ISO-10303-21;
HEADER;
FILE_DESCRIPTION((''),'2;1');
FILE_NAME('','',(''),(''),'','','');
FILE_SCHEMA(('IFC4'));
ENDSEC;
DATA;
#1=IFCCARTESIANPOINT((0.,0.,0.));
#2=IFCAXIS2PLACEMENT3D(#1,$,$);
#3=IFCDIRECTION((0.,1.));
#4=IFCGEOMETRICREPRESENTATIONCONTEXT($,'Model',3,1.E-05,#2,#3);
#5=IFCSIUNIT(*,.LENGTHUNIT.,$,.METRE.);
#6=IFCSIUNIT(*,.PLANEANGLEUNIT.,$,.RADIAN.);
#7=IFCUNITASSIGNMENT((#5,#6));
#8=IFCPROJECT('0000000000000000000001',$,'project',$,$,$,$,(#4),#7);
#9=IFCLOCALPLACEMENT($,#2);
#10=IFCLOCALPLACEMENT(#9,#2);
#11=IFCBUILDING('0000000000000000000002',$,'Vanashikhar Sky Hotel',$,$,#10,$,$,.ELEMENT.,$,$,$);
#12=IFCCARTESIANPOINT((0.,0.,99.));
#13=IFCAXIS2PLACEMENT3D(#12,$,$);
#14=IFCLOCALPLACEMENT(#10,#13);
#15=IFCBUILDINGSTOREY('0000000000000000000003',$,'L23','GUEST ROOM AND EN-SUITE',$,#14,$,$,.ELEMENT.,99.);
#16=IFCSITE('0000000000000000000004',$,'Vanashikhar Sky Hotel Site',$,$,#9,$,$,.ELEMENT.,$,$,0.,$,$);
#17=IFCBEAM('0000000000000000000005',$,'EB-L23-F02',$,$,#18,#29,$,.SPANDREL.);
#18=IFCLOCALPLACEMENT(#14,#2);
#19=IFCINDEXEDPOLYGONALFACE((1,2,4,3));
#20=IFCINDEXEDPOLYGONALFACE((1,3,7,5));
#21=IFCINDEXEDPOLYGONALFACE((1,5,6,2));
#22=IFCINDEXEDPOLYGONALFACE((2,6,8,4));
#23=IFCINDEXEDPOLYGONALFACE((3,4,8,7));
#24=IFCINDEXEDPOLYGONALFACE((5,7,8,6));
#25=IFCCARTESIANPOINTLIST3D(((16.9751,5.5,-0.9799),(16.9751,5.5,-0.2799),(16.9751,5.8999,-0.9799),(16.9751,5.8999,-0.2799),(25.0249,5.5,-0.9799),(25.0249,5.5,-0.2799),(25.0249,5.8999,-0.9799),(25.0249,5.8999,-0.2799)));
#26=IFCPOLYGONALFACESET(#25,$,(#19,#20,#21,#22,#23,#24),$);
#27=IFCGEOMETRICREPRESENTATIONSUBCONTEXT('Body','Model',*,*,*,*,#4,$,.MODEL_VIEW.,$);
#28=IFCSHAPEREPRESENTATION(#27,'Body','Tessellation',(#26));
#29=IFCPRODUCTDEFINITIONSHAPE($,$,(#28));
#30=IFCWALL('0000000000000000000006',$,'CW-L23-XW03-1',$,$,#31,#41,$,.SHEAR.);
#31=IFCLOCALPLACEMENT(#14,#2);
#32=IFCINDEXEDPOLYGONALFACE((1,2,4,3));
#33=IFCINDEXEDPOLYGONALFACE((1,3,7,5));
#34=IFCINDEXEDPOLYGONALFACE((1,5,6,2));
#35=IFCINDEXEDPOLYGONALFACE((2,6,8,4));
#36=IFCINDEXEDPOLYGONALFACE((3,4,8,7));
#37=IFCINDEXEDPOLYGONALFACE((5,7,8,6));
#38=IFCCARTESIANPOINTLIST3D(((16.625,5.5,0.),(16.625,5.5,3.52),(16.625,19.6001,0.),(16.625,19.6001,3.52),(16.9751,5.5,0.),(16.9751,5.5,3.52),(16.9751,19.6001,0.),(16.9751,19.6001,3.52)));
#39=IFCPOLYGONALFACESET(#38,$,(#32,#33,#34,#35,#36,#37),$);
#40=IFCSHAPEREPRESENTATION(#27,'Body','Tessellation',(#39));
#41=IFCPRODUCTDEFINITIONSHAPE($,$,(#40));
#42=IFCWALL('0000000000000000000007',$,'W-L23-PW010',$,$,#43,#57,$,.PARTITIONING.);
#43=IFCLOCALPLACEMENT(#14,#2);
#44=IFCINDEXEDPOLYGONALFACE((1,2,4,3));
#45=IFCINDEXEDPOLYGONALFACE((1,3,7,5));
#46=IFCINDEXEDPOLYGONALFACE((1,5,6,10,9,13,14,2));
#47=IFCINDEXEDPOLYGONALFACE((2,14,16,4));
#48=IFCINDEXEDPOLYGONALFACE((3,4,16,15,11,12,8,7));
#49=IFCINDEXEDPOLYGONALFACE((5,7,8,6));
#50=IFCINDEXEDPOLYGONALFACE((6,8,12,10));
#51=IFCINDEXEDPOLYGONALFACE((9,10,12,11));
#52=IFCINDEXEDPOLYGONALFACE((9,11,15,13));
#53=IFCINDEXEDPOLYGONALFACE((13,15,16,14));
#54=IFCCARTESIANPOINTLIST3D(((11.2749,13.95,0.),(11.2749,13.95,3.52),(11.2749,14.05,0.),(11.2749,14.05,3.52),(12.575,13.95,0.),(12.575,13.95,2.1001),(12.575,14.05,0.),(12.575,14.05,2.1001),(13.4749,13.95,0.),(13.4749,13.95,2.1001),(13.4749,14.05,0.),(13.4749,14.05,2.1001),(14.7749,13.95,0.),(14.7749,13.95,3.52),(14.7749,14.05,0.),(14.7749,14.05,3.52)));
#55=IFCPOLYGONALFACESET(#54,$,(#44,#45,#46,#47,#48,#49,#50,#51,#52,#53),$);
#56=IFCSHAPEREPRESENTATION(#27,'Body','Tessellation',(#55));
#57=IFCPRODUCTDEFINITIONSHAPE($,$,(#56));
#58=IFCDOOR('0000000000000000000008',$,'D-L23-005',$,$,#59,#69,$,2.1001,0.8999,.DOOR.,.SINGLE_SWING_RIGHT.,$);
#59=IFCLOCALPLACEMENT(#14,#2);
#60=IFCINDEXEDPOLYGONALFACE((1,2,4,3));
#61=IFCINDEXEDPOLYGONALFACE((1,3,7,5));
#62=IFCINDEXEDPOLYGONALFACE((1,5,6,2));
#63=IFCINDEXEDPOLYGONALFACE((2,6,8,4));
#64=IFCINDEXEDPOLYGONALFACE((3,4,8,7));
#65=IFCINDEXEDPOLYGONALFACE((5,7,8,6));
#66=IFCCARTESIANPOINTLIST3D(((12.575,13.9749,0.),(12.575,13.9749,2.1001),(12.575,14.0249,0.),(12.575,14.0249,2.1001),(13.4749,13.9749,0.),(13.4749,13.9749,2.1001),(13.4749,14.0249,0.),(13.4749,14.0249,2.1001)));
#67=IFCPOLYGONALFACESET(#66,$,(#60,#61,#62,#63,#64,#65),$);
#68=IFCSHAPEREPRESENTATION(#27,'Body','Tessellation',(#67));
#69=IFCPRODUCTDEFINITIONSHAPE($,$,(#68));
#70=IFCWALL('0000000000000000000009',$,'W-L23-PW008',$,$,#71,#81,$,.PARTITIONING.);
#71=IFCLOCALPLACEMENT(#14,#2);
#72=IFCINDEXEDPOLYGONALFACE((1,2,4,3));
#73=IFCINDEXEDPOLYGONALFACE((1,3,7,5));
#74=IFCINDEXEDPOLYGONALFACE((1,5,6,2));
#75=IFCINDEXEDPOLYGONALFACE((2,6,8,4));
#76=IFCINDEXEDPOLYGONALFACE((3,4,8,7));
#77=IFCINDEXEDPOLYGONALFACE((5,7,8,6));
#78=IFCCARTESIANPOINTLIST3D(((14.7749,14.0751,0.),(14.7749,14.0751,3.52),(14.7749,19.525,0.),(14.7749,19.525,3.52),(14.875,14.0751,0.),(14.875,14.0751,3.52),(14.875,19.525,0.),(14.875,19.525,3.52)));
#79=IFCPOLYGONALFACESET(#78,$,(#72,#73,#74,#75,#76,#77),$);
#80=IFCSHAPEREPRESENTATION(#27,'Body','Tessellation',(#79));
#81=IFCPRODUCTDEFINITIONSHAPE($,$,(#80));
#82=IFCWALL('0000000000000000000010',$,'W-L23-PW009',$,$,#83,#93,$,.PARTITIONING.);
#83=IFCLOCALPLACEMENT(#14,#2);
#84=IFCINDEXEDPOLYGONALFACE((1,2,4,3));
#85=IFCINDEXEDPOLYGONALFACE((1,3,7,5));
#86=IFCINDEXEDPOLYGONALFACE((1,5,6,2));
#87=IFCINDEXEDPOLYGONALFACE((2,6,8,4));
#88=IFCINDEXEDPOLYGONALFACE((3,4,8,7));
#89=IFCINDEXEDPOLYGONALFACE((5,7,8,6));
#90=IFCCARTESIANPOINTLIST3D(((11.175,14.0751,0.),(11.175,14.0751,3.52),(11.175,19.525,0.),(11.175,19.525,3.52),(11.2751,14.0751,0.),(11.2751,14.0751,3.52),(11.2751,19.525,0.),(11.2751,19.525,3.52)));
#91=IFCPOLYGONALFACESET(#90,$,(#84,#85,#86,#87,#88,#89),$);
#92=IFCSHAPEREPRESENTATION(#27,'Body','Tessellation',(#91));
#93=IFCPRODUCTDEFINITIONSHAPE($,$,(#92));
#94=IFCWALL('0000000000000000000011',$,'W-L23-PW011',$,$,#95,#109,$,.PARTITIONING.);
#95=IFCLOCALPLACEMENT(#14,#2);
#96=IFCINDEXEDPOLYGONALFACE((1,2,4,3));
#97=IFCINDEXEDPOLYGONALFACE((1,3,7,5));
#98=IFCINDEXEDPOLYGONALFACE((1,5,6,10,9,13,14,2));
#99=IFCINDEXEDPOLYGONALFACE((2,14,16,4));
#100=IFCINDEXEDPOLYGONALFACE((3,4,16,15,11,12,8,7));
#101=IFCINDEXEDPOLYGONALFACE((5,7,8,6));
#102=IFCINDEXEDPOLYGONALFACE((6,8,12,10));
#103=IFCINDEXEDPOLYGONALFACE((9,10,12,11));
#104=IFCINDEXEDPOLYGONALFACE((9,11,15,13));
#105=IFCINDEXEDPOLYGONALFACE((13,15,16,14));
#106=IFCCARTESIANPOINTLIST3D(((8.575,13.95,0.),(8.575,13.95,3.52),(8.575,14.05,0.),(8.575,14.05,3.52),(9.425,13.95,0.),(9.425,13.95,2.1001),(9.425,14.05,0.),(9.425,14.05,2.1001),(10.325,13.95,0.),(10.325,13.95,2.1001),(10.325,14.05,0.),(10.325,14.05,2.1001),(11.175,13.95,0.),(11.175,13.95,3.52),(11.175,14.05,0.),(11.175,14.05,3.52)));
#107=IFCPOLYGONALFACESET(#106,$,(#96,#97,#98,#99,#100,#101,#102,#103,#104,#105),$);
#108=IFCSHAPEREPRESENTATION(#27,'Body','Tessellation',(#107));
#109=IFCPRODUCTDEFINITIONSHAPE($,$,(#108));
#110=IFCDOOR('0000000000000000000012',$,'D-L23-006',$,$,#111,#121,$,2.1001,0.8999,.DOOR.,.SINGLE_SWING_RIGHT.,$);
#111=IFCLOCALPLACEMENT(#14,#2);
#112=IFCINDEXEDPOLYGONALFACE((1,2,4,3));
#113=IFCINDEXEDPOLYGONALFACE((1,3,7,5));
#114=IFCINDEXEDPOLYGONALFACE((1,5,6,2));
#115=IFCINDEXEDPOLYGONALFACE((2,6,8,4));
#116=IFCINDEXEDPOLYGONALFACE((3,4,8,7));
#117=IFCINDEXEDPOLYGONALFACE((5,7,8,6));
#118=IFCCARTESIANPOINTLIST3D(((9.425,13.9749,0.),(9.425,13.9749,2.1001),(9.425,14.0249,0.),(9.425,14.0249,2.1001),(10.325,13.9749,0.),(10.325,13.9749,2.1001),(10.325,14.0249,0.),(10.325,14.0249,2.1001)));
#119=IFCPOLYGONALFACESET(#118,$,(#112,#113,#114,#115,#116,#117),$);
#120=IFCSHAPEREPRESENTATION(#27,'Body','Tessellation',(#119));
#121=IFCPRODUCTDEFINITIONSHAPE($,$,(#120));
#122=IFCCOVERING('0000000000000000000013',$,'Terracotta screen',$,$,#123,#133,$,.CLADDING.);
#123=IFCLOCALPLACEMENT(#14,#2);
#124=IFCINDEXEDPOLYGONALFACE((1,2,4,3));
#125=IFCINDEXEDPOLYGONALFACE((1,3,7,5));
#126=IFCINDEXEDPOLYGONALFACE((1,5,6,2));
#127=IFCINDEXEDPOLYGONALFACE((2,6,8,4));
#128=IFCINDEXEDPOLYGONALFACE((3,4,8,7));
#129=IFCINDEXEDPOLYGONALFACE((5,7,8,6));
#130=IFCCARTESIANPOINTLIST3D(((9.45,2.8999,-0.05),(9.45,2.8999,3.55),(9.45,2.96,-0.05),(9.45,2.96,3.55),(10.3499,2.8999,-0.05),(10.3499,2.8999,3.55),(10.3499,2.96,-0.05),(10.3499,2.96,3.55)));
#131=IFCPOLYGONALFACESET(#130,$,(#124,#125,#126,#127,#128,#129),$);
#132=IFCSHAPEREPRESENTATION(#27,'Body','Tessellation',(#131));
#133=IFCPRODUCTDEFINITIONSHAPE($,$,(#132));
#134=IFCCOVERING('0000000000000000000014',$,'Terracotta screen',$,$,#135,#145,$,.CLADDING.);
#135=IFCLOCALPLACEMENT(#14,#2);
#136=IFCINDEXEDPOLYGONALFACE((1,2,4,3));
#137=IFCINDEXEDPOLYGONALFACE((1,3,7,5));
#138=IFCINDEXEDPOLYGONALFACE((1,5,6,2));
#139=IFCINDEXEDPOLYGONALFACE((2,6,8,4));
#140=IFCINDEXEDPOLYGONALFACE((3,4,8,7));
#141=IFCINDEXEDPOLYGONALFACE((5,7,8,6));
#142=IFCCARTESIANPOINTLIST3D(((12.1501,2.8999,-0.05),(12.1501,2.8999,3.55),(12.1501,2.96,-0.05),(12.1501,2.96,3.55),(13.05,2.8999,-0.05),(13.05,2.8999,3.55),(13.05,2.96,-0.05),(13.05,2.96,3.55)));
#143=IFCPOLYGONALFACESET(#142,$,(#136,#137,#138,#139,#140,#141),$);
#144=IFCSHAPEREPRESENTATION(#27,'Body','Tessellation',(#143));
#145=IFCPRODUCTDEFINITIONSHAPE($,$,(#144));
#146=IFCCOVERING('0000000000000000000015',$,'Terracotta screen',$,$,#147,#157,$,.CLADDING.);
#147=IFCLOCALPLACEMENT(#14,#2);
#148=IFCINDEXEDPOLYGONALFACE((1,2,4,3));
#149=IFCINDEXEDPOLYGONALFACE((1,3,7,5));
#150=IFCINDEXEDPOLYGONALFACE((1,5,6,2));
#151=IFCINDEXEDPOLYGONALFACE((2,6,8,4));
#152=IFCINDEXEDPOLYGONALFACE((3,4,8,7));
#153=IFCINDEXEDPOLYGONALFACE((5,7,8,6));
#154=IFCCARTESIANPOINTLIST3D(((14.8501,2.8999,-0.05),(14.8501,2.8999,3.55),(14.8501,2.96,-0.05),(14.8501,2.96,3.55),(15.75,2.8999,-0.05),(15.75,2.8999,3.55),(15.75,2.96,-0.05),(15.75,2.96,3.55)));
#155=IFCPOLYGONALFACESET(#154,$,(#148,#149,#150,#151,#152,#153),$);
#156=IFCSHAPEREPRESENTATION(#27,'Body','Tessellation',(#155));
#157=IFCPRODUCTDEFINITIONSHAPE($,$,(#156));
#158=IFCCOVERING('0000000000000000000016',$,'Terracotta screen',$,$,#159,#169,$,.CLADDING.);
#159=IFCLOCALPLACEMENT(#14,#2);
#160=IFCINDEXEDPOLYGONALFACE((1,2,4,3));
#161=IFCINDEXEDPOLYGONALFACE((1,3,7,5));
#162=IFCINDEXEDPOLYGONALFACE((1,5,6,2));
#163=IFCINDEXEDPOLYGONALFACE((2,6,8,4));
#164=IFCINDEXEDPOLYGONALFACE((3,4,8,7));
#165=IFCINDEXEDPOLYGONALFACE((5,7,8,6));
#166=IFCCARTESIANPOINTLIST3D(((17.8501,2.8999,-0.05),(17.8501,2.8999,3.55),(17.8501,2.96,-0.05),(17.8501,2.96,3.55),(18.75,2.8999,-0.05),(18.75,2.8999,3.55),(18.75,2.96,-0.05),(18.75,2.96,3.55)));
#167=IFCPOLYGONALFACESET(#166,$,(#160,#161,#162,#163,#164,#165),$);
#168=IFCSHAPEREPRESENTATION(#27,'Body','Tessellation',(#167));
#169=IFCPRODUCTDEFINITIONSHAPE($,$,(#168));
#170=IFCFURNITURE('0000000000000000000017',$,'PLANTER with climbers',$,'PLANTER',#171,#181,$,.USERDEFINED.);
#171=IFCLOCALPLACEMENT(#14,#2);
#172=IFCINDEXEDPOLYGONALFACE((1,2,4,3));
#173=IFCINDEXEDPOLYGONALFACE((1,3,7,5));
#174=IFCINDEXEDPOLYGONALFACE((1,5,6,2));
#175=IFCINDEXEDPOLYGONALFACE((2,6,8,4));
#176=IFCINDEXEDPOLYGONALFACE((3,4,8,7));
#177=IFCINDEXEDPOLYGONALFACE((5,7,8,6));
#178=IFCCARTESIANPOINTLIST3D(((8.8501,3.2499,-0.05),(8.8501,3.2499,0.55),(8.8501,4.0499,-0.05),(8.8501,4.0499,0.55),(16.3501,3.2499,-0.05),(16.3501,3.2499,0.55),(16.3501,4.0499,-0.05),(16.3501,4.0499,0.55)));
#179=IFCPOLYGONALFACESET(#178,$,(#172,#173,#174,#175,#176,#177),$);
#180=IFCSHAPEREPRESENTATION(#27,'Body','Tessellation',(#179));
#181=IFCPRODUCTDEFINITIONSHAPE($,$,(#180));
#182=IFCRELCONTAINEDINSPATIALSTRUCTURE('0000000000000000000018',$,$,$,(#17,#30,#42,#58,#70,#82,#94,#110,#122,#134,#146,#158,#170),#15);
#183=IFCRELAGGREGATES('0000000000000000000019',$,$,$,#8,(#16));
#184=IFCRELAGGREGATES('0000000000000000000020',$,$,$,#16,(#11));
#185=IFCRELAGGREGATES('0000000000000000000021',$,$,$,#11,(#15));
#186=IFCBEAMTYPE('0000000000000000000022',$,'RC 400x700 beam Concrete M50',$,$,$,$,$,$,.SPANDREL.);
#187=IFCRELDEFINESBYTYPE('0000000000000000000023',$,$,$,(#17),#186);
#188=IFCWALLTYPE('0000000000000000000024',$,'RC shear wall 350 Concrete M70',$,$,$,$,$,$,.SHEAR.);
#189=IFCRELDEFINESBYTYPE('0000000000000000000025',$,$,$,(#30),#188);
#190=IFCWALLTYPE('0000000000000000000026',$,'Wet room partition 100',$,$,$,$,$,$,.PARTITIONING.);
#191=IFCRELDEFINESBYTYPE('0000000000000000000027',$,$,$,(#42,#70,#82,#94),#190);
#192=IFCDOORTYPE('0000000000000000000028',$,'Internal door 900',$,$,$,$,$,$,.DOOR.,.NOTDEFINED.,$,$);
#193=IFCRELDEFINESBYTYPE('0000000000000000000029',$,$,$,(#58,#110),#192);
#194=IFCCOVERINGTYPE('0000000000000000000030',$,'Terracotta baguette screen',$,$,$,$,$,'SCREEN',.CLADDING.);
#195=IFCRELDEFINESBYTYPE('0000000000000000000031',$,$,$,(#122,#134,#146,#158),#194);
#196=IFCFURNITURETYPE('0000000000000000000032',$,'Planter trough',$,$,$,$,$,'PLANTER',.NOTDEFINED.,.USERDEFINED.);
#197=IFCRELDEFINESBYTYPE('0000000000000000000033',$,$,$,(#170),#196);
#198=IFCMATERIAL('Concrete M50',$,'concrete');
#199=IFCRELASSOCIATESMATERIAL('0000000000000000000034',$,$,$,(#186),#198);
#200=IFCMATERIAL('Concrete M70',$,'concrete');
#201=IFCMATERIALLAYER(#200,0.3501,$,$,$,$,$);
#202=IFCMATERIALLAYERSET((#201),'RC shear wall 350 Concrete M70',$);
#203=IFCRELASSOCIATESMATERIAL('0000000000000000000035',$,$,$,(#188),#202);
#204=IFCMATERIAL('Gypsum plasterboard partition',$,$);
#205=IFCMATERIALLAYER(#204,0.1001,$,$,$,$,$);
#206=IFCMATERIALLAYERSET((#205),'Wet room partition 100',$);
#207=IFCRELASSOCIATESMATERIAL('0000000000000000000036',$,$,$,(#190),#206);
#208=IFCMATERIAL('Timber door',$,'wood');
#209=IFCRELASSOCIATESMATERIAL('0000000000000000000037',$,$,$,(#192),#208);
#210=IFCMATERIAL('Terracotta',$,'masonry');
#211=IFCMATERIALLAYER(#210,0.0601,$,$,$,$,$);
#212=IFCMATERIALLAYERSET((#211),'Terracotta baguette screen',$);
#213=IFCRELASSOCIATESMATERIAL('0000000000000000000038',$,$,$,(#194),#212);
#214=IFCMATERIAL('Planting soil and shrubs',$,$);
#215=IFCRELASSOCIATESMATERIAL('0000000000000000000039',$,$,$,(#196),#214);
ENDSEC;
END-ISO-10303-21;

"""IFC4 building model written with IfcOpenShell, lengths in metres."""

from ifc_helpers import new_model, si_unit, direction, frame, frame_2d, origin, origin_2d, place, context, subcontext, project, spatial, rectangle, extrude, source, transform, mapped, material, layer, layer_set, material_profile, profile_set, type_object, element, fill, save


model = new_model("IFC4")

# Units and contexts
model_context = context("Model", 3, precision=1e-05, world=origin(), true_north=direction((0.0, 1.0)))
body_context = subcontext(model_context, "Body", "Model", "MODEL_VIEW")
ifc_project = project(units=[si_unit("LENGTHUNIT", "METRE"), si_unit("PLANEANGLEUNIT", "RADIAN")], contexts=[model_context])

# Site, building, storey
site_placement = place(None, origin())
site = spatial("IfcSite", under=ifc_project, at=site_placement, Name="Vanashikhar Sky Hotel Site", CompositionType="ELEMENT", RefElevation=0.0)
building_placement = place(site_placement, origin())
building = spatial("IfcBuilding", under=site, at=building_placement, Name="Vanashikhar Sky Hotel", CompositionType="ELEMENT")
storey_placement = place(building_placement, frame((0.0, 0.0, 99.0)))
storey = spatial("IfcBuildingStorey", under=building, at=storey_placement, Name="L23", Description="GUEST ROOM AND EN-SUITE", CompositionType="ELEMENT", Elevation=99.0)

# Beam
ifc_material_1 = material(Name="Concrete M50", Category="concrete")
ifc_material_profile = material_profile(ifc_material_1, rectangle(XDim=0.3999, YDim=0.7, at=origin_2d()))
ifc_profile_set = profile_set([ifc_material_profile], Name="RC 400x700 beam Concrete M50")
beam_type = type_object("IfcBeamType", Name="RC 400x700 beam Concrete M50", PredefinedType="SPANDREL", material=ifc_profile_set)
shared_shape_1 = source(origin(), body_context, "Body", "SweptSolid", [
    extrude(rectangle(XDim=0.3999, YDim=0.7, at=origin_2d()), origin(), (0.0, 0.0, 1.0), 8.0498),
])
beam_placement = place(storey_placement, frame((16.9751, 5.7, -0.6299), z_axis=(1.0, 0.0, 0.0), x_axis=(0.0, 1.0, 0.0)))
element("IfcBeam", 1, at=beam_placement, inside=storey, type_object=beam_type, Name="EB-L23-F02", PredefinedType="SPANDREL", context=body_context, shape_type="MappedRepresentation", body=[
    mapped(shared_shape_1, transform((0.0, 0.0, 0.0), scale=1.0)),
])

# Wall
ifc_material_2 = material(Name="Concrete M70", Category="concrete")
ifc_layer_1 = layer(ifc_material_2, 0.3501)
ifc_layer_set_1 = layer_set([ifc_layer_1], Name="RC shear wall 350 Concrete M70")
wall_type_1 = type_object("IfcWallType", Name="RC shear wall 350 Concrete M70", PredefinedType="SHEAR", material=ifc_layer_set_1)
shared_shape_2 = source(origin(), body_context, "Body", "SweptSolid", [
    extrude(rectangle(XDim=14.1001, YDim=0.3501, at=frame_2d((7.05, 0.0))), origin(), (0.0, 0.0, 1.0), 3.52),
])
wall_1_placement = place(storey_placement, frame((16.8, 5.5, 0.0), z_axis=(0.0, 0.0, 1.0), x_axis=(0.0, 1.0, 0.0)))
element("IfcWall", 2, at=wall_1_placement, inside=storey, type_object=wall_type_1, Name="CW-L23-XW03-1", PredefinedType="SHEAR", context=body_context, shape_type="MappedRepresentation", body=[
    mapped(shared_shape_2, transform((0.0, 0.0, 0.0), scale=1.0)),
])

# Wall, opening, door
ifc_material_3 = material(Name="Gypsum plasterboard partition")
ifc_layer_2 = layer(ifc_material_3, 0.1001)
ifc_layer_set_2 = layer_set([ifc_layer_2], Name="Wet room partition 100")
wall_type_2 = type_object("IfcWallType", Name="Wet room partition 100", PredefinedType="PARTITIONING", material=ifc_layer_set_2)
shared_shape_3 = source(origin(), body_context, "Body", "SweptSolid", [
    extrude(rectangle(XDim=3.5, YDim=0.1001, at=frame_2d((1.75, 0.0))), origin(), (0.0, 0.0, 1.0), 3.52),
])
wall_2_placement = place(storey_placement, frame((11.2749, 14.0, 0.0), z_axis=(0.0, 0.0, 1.0), x_axis=(1.0, 0.0, 0.0)))
wall_2 = element("IfcWall", 3, at=wall_2_placement, inside=storey, type_object=wall_type_2, Name="W-L23-PW010", PredefinedType="PARTITIONING", context=body_context, shape_type="MappedRepresentation", body=[
    mapped(shared_shape_3, transform((0.0, 0.0, 0.0), scale=1.0)),
])
shared_shape_4 = source(origin(), body_context, "Body", "SweptSolid", [
    extrude(rectangle(XDim=0.8999, YDim=2.1001, at=frame_2d((0.45, 1.05))), frame((0.0, 0.0601, 0.0), z_axis=(0.0, -1.0, 0.0), x_axis=(1.0, 0.0, 0.0)), (0.0, 0.0, 1.0), 0.1201),
])
opening_1_placement = place(wall_2_placement, frame((1.3, 0.0, 0.0)))
opening_1 = element("IfcOpeningElement", 4, at=opening_1_placement, cuts=wall_2, PredefinedType="OPENING", context=body_context, shape_type="MappedRepresentation", body=[
    mapped(shared_shape_4, transform((0.0, 0.0, 0.0), scale=1.0)),
])
ifc_material_4 = material(Name="Timber door", Category="wood")
door_type_1 = type_object("IfcDoorType", Name="Internal door 900", OperationType="NOTDEFINED", PredefinedType="DOOR", material=ifc_material_4)
shared_shape_5 = source(origin(), body_context, "Body", "SweptSolid", [
    extrude(rectangle(XDim=0.8999, YDim=2.1001, at=frame_2d((0.45, 1.05))), frame((0.0, 0.0249, 0.0), z_axis=(0.0, -1.0, 0.0), x_axis=(1.0, 0.0, 0.0)), (0.0, 0.0, 1.0), 0.05),
])
door_1_placement = place(opening_1_placement, origin())
door_1 = element("IfcDoor", 5, at=door_1_placement, inside=storey, type_object=door_type_1, Name="D-L23-005", OperationType="SINGLE_SWING_RIGHT", OverallHeight=2.1001, OverallWidth=0.8999, PredefinedType="DOOR", context=body_context, shape_type="MappedRepresentation", body=[
    mapped(shared_shape_5, transform((0.0, 0.0, 0.0), scale=1.0)),
])
fill(opening_1, door_1)

# Walls
shared_shape_6 = source(origin(), body_context, "Body", "SweptSolid", [
    extrude(rectangle(XDim=5.45, YDim=0.1001, at=frame_2d((2.7251, 0.0))), origin(), (0.0, 0.0, 1.0), 3.52),
])
for number, where, z_axis, x_axis, name in (
    (6, (14.825, 14.075, 0.0), (0.0, 0.0, 1.0), (0.0, 1.0, 0.0), "W-L23-PW008"),
    (7, (11.2251, 14.075, 0.0), (0.0, 0.0, 1.0), (0.0, 1.0, 0.0), "W-L23-PW009"),
):
    element("IfcWall", number, at=place(storey_placement, frame(where, z_axis=z_axis, x_axis=x_axis)), inside=storey, type_object=wall_type_2, Name=name, PredefinedType="PARTITIONING", context=body_context, shape_type="MappedRepresentation", body=[
        mapped(shared_shape_6, transform((0.0, 0.0, 0.0), scale=1.0)),
    ])

# Wall, opening, door
shared_shape_7 = source(origin(), body_context, "Body", "SweptSolid", [
    extrude(rectangle(XDim=2.6001, YDim=0.1001, at=frame_2d((1.3, 0.0))), origin(), (0.0, 0.0, 1.0), 3.52),
])
wall_3_placement = place(storey_placement, frame((8.575, 14.0, 0.0), z_axis=(0.0, 0.0, 1.0), x_axis=(1.0, 0.0, 0.0)))
wall_3 = element("IfcWall", 8, at=wall_3_placement, inside=storey, type_object=wall_type_2, Name="W-L23-PW011", PredefinedType="PARTITIONING", context=body_context, shape_type="MappedRepresentation", body=[
    mapped(shared_shape_7, transform((0.0, 0.0, 0.0), scale=1.0)),
])
opening_2_placement = place(wall_3_placement, frame((0.8501, 0.0, 0.0)))
opening_2 = element("IfcOpeningElement", 9, at=opening_2_placement, cuts=wall_3, PredefinedType="OPENING", context=body_context, shape_type="MappedRepresentation", body=[
    mapped(shared_shape_4, transform((0.0, 0.0, 0.0), scale=1.0)),
])
door_2_placement = place(opening_2_placement, origin())
door_2 = element("IfcDoor", 10, at=door_2_placement, inside=storey, type_object=door_type_1, Name="D-L23-006", OperationType="SINGLE_SWING_RIGHT", OverallHeight=2.1001, OverallWidth=0.8999, PredefinedType="DOOR", context=body_context, shape_type="MappedRepresentation", body=[
    mapped(shared_shape_5, transform((0.0, 0.0, 0.0), scale=1.0)),
])
fill(opening_2, door_2)

# Coverings
ifc_material_5 = material(Name="Terracotta", Category="masonry")
ifc_layer_3 = layer(ifc_material_5, 0.0601)
ifc_layer_set_3 = layer_set([ifc_layer_3], Name="Terracotta baguette screen")
covering_type = type_object("IfcCoveringType", Name="Terracotta baguette screen", ElementType="SCREEN", PredefinedType="CLADDING", material=ifc_layer_set_3)
shared_shape_8 = source(origin(), body_context, "Body", "SweptSolid", [
    extrude(rectangle(XDim=0.8999, YDim=0.0601, at=origin_2d()), origin(), (0.0, 0.0, 1.0), 3.6001),
])
for number, where, z_axis, x_axis, name in (
    (11, (9.8999, 2.9299, -0.05), (0.0, 0.0, 1.0), (1.0, 0.0, 0.0), "Terracotta screen"),
    (12, (12.6001, 2.9299, -0.05), (0.0, 0.0, 1.0), (1.0, 0.0, 0.0), "Terracotta screen"),
    (13, (15.3, 2.9299, -0.05), (0.0, 0.0, 1.0), (1.0, 0.0, 0.0), "Terracotta screen"),
    (14, (18.3, 2.9299, -0.05), (0.0, 0.0, 1.0), (1.0, 0.0, 0.0), "Terracotta screen"),
):
    element("IfcCovering", number, at=place(storey_placement, frame(where, z_axis=z_axis, x_axis=x_axis)), inside=storey, type_object=covering_type, Name=name, PredefinedType="CLADDING", context=body_context, shape_type="MappedRepresentation", body=[
        mapped(shared_shape_8, transform((0.0, 0.0, 0.0), scale=1.0)),
    ])

# Furniture
ifc_material_6 = material(Name="Planting soil and shrubs")
furniture_type = type_object("IfcFurnitureType", Name="Planter trough", ElementType="PLANTER", AssemblyPlace="NOTDEFINED", PredefinedType="USERDEFINED", material=ifc_material_6)
shared_shape_9 = source(origin(), body_context, "Body", "SweptSolid", [
    extrude(rectangle(XDim=7.5, YDim=0.8, at=origin_2d()), origin(), (0.0, 0.0, 1.0), 0.6001),
])
furniture_placement = place(storey_placement, frame((12.6001, 3.6499, -0.05), z_axis=(0.0, 0.0, 1.0), x_axis=(1.0, 0.0, 0.0)))
element("IfcFurniture", 15, at=furniture_placement, inside=storey, type_object=furniture_type, Name="PLANTER with climbers", ObjectType="PLANTER", PredefinedType="USERDEFINED", context=body_context, shape_type="MappedRepresentation", body=[
    mapped(shared_shape_9, transform((0.0, 0.0, 0.0), scale=1.0)),
])

save(model, "model.ifc")
